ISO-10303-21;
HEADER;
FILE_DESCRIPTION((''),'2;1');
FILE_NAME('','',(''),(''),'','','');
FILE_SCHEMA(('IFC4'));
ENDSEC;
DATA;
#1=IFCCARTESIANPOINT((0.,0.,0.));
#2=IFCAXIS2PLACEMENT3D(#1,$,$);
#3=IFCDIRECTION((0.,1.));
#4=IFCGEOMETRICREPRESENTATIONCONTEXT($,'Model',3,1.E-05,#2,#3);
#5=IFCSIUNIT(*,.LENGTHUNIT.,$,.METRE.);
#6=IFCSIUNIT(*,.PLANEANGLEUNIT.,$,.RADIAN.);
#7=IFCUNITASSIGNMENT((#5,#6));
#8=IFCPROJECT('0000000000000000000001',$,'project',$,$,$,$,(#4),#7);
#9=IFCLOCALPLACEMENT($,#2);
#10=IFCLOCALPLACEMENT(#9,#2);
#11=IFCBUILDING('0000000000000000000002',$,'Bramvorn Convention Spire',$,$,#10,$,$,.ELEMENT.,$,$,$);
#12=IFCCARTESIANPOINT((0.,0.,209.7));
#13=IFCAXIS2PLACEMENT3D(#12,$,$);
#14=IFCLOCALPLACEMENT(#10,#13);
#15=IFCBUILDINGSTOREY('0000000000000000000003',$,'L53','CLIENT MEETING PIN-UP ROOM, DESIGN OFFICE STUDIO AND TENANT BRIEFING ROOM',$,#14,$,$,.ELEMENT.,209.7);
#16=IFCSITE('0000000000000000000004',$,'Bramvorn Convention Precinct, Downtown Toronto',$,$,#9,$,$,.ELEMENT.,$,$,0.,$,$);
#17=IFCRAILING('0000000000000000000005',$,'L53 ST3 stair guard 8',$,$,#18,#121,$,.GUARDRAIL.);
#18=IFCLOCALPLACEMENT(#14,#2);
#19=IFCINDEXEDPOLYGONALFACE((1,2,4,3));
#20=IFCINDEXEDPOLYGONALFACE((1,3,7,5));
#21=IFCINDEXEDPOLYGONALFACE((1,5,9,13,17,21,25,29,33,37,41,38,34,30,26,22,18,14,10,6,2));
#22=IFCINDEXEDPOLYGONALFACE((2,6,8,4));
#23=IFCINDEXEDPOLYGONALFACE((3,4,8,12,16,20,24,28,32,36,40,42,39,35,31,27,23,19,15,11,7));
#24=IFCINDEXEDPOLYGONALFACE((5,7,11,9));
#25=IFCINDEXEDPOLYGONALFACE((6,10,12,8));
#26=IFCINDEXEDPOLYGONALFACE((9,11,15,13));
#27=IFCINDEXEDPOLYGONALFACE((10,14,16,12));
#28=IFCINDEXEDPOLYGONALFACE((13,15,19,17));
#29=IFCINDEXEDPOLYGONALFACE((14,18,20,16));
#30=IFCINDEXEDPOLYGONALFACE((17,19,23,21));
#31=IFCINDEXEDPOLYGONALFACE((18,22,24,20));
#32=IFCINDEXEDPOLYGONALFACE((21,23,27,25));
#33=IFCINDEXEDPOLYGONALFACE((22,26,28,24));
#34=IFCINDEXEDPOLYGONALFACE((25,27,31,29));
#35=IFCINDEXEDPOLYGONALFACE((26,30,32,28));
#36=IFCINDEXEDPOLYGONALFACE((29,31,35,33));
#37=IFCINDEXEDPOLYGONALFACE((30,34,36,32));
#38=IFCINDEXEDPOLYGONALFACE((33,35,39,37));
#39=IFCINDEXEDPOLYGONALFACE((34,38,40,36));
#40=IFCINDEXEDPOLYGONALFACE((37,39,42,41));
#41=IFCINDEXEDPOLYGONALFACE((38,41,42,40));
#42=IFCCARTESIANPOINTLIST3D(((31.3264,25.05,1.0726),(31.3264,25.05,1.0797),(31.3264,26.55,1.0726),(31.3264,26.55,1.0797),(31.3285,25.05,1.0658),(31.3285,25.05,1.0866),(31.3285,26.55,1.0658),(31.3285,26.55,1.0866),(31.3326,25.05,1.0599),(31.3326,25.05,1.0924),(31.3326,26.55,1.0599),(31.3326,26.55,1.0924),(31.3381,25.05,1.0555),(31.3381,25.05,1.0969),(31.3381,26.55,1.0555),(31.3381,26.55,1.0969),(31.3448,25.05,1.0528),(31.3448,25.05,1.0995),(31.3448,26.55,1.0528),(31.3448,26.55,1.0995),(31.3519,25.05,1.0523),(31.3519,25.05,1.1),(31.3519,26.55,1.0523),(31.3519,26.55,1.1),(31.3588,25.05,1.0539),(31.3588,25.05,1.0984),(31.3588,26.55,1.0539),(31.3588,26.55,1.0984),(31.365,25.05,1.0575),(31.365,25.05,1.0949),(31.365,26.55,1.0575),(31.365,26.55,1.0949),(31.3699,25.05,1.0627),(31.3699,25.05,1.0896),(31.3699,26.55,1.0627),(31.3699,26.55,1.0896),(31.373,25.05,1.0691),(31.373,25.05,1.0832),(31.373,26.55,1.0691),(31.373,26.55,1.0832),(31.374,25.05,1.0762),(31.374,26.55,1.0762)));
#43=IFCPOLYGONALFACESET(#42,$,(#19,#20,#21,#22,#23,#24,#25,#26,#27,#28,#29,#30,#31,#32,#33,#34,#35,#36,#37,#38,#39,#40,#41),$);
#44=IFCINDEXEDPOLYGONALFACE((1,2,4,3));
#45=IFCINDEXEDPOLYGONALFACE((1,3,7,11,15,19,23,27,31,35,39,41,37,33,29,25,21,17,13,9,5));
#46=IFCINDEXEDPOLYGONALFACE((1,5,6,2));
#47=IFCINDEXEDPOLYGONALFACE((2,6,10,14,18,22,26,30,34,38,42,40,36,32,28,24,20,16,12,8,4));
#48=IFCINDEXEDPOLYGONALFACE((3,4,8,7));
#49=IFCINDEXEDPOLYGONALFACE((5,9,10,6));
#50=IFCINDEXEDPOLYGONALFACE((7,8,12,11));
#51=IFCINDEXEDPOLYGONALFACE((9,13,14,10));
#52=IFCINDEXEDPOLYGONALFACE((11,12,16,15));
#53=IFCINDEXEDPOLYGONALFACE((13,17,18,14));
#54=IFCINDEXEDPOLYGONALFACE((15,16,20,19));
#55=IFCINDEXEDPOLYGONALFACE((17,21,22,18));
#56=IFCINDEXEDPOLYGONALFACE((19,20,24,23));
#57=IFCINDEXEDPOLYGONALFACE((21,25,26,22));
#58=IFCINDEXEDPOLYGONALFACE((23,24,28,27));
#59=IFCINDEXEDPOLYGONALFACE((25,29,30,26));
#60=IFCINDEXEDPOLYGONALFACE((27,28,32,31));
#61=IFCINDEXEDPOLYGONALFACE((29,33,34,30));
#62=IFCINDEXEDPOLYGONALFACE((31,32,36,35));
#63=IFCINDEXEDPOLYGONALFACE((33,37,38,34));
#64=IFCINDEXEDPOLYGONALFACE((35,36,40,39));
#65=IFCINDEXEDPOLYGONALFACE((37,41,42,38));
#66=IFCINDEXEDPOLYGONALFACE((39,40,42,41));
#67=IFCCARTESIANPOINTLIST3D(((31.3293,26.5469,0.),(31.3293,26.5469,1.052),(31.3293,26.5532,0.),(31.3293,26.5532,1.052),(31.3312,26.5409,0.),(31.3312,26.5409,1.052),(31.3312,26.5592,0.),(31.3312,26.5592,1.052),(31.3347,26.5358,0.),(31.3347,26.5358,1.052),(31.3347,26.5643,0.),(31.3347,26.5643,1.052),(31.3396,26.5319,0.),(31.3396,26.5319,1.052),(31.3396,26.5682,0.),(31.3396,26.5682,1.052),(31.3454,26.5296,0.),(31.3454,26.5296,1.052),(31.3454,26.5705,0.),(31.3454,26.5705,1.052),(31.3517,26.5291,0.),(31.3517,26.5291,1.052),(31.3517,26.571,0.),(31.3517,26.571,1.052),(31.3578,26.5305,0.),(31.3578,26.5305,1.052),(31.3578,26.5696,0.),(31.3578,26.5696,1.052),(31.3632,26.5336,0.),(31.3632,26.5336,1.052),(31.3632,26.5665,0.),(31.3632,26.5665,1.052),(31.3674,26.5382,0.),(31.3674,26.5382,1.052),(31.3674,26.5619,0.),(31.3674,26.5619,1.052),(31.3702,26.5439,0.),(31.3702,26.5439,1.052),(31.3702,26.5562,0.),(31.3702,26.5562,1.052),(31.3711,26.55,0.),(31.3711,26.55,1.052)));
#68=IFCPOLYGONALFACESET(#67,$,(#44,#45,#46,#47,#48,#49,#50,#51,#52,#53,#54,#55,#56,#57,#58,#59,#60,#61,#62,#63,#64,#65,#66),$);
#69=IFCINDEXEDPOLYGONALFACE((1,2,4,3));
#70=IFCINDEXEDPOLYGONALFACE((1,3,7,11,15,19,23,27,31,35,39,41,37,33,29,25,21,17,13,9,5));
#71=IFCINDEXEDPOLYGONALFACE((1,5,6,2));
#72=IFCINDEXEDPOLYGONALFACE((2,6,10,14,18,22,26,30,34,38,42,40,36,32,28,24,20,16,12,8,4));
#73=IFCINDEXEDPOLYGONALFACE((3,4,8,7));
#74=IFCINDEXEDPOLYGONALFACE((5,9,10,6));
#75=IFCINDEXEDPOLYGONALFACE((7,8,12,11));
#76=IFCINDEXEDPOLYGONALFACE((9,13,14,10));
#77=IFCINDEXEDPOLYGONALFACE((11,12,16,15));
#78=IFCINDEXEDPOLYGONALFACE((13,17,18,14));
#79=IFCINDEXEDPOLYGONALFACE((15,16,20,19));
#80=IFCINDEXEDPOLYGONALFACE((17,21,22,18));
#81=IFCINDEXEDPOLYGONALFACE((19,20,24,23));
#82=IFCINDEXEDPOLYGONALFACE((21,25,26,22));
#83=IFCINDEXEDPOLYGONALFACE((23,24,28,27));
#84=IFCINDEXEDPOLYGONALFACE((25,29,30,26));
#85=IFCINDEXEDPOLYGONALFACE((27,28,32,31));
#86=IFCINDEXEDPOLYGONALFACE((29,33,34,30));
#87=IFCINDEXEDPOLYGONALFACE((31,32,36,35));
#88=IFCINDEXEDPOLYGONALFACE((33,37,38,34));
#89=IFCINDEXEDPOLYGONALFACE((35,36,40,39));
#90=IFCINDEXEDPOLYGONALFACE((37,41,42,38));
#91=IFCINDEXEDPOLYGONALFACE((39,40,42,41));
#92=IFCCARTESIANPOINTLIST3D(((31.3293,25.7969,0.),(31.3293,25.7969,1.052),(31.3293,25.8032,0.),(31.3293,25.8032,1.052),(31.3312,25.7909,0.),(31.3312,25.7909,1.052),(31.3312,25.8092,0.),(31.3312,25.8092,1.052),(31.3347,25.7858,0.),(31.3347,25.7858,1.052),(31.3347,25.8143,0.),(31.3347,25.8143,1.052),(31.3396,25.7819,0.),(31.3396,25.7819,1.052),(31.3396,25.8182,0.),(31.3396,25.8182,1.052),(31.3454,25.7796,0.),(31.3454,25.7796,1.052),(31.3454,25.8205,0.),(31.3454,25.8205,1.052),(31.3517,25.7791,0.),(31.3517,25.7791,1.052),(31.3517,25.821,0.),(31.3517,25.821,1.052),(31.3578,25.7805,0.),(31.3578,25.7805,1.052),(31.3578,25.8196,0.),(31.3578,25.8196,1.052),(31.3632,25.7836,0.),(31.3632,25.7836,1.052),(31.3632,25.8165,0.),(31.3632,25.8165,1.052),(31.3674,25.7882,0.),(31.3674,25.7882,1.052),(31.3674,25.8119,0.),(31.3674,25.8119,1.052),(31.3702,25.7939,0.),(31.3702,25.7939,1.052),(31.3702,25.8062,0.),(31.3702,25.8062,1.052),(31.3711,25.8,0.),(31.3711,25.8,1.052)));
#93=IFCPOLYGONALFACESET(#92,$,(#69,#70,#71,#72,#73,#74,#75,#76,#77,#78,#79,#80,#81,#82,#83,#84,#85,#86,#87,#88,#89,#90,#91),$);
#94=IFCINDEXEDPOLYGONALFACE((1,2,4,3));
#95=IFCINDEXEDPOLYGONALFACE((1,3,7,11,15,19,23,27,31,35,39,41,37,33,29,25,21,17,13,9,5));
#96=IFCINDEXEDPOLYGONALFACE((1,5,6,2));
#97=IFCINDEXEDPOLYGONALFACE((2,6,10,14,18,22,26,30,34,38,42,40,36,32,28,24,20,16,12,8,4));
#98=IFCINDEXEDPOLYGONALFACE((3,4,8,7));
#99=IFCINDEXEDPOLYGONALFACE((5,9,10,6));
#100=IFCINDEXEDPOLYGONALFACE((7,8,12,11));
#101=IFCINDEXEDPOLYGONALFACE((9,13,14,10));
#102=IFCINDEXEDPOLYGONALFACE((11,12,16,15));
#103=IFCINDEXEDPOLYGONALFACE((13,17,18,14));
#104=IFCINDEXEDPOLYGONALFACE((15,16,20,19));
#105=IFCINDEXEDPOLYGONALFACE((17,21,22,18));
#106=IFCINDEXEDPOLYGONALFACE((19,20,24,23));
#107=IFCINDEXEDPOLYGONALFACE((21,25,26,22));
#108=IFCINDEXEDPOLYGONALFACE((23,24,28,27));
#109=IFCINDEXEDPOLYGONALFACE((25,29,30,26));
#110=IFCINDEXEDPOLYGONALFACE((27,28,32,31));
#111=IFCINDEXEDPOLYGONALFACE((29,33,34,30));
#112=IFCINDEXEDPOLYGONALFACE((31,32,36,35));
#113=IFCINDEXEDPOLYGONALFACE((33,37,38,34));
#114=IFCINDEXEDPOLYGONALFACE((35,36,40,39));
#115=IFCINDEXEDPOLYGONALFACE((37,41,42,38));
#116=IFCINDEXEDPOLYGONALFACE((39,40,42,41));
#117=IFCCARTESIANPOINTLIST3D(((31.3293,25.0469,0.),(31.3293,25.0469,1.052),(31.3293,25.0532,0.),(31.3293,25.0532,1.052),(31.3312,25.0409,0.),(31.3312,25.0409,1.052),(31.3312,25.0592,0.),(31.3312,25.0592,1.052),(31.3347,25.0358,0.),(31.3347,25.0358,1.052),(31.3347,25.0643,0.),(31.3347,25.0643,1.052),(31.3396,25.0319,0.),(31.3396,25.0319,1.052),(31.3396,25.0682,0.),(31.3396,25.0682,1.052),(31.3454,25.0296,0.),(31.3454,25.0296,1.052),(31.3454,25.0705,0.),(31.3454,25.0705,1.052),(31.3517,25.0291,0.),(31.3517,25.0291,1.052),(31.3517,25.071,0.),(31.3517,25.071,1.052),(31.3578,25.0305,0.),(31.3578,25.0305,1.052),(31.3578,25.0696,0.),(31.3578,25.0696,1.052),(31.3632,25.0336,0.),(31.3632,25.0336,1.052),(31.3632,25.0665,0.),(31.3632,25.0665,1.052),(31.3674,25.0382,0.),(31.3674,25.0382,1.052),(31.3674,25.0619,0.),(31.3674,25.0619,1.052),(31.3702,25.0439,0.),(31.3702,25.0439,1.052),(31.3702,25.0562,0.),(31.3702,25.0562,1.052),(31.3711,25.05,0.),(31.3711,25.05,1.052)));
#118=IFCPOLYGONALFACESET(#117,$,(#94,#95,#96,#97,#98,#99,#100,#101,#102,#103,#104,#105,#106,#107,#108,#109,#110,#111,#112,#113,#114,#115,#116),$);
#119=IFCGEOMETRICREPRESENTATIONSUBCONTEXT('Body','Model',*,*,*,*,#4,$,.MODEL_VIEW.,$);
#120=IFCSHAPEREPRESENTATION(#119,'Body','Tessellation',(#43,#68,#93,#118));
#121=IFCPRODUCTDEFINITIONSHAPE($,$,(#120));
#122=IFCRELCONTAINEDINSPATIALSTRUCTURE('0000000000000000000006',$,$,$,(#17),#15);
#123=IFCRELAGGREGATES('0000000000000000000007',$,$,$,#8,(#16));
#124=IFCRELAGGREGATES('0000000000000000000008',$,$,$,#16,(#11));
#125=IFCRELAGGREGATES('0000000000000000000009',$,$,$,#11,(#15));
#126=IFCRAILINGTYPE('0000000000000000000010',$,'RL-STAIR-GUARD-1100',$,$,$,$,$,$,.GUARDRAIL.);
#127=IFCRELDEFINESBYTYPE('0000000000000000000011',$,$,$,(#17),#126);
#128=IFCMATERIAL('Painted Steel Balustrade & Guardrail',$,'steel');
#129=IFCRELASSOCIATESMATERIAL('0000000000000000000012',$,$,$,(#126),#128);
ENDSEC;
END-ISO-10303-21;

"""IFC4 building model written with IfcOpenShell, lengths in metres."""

from ifc_helpers import new_model, si_unit, direction, frame, origin, origin_2d, place, context, subcontext, project, spatial, circle, extrude, material, type_object, element, save


model = new_model("IFC4")

# Units and contexts
model_context = context("Model", 3, precision=1e-05, world=origin(), true_north=direction((0.0, 1.0)))
body_context = subcontext(model_context, "Body", "Model", "MODEL_VIEW")
ifc_project = project(units=[si_unit("LENGTHUNIT", "METRE"), si_unit("PLANEANGLEUNIT", "RADIAN")], contexts=[model_context])

# Site, building, storey
site_placement = place(None, origin())
site = spatial("IfcSite", under=ifc_project, at=site_placement, Name="Bramvorn Convention Precinct, Downtown Toronto", CompositionType="ELEMENT", RefElevation=0.0)
building_placement = place(site_placement, origin())
building = spatial("IfcBuilding", under=site, at=building_placement, Name="Bramvorn Convention Spire", CompositionType="ELEMENT")
storey_placement = place(building_placement, frame((0.0, 0.0, 209.7)))
storey = spatial("IfcBuildingStorey", under=building, at=storey_placement, Name="L53", Description="CLIENT MEETING PIN-UP ROOM, DESIGN OFFICE STUDIO AND TENANT BRIEFING ROOM", CompositionType="ELEMENT", Elevation=209.7)

# Railing
ifc_material_1 = material(Name="Painted Steel Balustrade & Guardrail", Category="steel")
railing_type = type_object("IfcRailingType", Name="RL-STAIR-GUARD-1100", PredefinedType="GUARDRAIL", material=ifc_material_1)
railing_1_placement = place(storey_placement, frame((31.3501, 26.55, 0.0)))
element("IfcRailing", 1, at=railing_1_placement, inside=storey, type_object=railing_type, Name="L53 ST3 stair guard 8", PredefinedType="GUARDRAIL", context=body_context, shape_type="SweptSolid", body=[
    extrude(circle(Radius=0.0239, at=origin_2d()), frame((0.0, 0.0, 1.0762), z_axis=(0.0, -1.0, 0.0), x_axis=(1.0, 0.0, 0.0)), (0.0, 0.0, 1.0), 1.5),
    extrude(circle(Radius=0.021, at=origin_2d()), origin(), (0.0, 0.0, 1.0), 1.052),
    extrude(circle(Radius=0.021, at=origin_2d()), frame((0.0, -0.75, 0.0)), (0.0, 0.0, 1.0), 1.052),
    extrude(circle(Radius=0.021, at=origin_2d()), frame((0.0, -1.5, 0.0)), (0.0, 0.0, 1.0), 1.052),
])

save(model, "model.ifc")
